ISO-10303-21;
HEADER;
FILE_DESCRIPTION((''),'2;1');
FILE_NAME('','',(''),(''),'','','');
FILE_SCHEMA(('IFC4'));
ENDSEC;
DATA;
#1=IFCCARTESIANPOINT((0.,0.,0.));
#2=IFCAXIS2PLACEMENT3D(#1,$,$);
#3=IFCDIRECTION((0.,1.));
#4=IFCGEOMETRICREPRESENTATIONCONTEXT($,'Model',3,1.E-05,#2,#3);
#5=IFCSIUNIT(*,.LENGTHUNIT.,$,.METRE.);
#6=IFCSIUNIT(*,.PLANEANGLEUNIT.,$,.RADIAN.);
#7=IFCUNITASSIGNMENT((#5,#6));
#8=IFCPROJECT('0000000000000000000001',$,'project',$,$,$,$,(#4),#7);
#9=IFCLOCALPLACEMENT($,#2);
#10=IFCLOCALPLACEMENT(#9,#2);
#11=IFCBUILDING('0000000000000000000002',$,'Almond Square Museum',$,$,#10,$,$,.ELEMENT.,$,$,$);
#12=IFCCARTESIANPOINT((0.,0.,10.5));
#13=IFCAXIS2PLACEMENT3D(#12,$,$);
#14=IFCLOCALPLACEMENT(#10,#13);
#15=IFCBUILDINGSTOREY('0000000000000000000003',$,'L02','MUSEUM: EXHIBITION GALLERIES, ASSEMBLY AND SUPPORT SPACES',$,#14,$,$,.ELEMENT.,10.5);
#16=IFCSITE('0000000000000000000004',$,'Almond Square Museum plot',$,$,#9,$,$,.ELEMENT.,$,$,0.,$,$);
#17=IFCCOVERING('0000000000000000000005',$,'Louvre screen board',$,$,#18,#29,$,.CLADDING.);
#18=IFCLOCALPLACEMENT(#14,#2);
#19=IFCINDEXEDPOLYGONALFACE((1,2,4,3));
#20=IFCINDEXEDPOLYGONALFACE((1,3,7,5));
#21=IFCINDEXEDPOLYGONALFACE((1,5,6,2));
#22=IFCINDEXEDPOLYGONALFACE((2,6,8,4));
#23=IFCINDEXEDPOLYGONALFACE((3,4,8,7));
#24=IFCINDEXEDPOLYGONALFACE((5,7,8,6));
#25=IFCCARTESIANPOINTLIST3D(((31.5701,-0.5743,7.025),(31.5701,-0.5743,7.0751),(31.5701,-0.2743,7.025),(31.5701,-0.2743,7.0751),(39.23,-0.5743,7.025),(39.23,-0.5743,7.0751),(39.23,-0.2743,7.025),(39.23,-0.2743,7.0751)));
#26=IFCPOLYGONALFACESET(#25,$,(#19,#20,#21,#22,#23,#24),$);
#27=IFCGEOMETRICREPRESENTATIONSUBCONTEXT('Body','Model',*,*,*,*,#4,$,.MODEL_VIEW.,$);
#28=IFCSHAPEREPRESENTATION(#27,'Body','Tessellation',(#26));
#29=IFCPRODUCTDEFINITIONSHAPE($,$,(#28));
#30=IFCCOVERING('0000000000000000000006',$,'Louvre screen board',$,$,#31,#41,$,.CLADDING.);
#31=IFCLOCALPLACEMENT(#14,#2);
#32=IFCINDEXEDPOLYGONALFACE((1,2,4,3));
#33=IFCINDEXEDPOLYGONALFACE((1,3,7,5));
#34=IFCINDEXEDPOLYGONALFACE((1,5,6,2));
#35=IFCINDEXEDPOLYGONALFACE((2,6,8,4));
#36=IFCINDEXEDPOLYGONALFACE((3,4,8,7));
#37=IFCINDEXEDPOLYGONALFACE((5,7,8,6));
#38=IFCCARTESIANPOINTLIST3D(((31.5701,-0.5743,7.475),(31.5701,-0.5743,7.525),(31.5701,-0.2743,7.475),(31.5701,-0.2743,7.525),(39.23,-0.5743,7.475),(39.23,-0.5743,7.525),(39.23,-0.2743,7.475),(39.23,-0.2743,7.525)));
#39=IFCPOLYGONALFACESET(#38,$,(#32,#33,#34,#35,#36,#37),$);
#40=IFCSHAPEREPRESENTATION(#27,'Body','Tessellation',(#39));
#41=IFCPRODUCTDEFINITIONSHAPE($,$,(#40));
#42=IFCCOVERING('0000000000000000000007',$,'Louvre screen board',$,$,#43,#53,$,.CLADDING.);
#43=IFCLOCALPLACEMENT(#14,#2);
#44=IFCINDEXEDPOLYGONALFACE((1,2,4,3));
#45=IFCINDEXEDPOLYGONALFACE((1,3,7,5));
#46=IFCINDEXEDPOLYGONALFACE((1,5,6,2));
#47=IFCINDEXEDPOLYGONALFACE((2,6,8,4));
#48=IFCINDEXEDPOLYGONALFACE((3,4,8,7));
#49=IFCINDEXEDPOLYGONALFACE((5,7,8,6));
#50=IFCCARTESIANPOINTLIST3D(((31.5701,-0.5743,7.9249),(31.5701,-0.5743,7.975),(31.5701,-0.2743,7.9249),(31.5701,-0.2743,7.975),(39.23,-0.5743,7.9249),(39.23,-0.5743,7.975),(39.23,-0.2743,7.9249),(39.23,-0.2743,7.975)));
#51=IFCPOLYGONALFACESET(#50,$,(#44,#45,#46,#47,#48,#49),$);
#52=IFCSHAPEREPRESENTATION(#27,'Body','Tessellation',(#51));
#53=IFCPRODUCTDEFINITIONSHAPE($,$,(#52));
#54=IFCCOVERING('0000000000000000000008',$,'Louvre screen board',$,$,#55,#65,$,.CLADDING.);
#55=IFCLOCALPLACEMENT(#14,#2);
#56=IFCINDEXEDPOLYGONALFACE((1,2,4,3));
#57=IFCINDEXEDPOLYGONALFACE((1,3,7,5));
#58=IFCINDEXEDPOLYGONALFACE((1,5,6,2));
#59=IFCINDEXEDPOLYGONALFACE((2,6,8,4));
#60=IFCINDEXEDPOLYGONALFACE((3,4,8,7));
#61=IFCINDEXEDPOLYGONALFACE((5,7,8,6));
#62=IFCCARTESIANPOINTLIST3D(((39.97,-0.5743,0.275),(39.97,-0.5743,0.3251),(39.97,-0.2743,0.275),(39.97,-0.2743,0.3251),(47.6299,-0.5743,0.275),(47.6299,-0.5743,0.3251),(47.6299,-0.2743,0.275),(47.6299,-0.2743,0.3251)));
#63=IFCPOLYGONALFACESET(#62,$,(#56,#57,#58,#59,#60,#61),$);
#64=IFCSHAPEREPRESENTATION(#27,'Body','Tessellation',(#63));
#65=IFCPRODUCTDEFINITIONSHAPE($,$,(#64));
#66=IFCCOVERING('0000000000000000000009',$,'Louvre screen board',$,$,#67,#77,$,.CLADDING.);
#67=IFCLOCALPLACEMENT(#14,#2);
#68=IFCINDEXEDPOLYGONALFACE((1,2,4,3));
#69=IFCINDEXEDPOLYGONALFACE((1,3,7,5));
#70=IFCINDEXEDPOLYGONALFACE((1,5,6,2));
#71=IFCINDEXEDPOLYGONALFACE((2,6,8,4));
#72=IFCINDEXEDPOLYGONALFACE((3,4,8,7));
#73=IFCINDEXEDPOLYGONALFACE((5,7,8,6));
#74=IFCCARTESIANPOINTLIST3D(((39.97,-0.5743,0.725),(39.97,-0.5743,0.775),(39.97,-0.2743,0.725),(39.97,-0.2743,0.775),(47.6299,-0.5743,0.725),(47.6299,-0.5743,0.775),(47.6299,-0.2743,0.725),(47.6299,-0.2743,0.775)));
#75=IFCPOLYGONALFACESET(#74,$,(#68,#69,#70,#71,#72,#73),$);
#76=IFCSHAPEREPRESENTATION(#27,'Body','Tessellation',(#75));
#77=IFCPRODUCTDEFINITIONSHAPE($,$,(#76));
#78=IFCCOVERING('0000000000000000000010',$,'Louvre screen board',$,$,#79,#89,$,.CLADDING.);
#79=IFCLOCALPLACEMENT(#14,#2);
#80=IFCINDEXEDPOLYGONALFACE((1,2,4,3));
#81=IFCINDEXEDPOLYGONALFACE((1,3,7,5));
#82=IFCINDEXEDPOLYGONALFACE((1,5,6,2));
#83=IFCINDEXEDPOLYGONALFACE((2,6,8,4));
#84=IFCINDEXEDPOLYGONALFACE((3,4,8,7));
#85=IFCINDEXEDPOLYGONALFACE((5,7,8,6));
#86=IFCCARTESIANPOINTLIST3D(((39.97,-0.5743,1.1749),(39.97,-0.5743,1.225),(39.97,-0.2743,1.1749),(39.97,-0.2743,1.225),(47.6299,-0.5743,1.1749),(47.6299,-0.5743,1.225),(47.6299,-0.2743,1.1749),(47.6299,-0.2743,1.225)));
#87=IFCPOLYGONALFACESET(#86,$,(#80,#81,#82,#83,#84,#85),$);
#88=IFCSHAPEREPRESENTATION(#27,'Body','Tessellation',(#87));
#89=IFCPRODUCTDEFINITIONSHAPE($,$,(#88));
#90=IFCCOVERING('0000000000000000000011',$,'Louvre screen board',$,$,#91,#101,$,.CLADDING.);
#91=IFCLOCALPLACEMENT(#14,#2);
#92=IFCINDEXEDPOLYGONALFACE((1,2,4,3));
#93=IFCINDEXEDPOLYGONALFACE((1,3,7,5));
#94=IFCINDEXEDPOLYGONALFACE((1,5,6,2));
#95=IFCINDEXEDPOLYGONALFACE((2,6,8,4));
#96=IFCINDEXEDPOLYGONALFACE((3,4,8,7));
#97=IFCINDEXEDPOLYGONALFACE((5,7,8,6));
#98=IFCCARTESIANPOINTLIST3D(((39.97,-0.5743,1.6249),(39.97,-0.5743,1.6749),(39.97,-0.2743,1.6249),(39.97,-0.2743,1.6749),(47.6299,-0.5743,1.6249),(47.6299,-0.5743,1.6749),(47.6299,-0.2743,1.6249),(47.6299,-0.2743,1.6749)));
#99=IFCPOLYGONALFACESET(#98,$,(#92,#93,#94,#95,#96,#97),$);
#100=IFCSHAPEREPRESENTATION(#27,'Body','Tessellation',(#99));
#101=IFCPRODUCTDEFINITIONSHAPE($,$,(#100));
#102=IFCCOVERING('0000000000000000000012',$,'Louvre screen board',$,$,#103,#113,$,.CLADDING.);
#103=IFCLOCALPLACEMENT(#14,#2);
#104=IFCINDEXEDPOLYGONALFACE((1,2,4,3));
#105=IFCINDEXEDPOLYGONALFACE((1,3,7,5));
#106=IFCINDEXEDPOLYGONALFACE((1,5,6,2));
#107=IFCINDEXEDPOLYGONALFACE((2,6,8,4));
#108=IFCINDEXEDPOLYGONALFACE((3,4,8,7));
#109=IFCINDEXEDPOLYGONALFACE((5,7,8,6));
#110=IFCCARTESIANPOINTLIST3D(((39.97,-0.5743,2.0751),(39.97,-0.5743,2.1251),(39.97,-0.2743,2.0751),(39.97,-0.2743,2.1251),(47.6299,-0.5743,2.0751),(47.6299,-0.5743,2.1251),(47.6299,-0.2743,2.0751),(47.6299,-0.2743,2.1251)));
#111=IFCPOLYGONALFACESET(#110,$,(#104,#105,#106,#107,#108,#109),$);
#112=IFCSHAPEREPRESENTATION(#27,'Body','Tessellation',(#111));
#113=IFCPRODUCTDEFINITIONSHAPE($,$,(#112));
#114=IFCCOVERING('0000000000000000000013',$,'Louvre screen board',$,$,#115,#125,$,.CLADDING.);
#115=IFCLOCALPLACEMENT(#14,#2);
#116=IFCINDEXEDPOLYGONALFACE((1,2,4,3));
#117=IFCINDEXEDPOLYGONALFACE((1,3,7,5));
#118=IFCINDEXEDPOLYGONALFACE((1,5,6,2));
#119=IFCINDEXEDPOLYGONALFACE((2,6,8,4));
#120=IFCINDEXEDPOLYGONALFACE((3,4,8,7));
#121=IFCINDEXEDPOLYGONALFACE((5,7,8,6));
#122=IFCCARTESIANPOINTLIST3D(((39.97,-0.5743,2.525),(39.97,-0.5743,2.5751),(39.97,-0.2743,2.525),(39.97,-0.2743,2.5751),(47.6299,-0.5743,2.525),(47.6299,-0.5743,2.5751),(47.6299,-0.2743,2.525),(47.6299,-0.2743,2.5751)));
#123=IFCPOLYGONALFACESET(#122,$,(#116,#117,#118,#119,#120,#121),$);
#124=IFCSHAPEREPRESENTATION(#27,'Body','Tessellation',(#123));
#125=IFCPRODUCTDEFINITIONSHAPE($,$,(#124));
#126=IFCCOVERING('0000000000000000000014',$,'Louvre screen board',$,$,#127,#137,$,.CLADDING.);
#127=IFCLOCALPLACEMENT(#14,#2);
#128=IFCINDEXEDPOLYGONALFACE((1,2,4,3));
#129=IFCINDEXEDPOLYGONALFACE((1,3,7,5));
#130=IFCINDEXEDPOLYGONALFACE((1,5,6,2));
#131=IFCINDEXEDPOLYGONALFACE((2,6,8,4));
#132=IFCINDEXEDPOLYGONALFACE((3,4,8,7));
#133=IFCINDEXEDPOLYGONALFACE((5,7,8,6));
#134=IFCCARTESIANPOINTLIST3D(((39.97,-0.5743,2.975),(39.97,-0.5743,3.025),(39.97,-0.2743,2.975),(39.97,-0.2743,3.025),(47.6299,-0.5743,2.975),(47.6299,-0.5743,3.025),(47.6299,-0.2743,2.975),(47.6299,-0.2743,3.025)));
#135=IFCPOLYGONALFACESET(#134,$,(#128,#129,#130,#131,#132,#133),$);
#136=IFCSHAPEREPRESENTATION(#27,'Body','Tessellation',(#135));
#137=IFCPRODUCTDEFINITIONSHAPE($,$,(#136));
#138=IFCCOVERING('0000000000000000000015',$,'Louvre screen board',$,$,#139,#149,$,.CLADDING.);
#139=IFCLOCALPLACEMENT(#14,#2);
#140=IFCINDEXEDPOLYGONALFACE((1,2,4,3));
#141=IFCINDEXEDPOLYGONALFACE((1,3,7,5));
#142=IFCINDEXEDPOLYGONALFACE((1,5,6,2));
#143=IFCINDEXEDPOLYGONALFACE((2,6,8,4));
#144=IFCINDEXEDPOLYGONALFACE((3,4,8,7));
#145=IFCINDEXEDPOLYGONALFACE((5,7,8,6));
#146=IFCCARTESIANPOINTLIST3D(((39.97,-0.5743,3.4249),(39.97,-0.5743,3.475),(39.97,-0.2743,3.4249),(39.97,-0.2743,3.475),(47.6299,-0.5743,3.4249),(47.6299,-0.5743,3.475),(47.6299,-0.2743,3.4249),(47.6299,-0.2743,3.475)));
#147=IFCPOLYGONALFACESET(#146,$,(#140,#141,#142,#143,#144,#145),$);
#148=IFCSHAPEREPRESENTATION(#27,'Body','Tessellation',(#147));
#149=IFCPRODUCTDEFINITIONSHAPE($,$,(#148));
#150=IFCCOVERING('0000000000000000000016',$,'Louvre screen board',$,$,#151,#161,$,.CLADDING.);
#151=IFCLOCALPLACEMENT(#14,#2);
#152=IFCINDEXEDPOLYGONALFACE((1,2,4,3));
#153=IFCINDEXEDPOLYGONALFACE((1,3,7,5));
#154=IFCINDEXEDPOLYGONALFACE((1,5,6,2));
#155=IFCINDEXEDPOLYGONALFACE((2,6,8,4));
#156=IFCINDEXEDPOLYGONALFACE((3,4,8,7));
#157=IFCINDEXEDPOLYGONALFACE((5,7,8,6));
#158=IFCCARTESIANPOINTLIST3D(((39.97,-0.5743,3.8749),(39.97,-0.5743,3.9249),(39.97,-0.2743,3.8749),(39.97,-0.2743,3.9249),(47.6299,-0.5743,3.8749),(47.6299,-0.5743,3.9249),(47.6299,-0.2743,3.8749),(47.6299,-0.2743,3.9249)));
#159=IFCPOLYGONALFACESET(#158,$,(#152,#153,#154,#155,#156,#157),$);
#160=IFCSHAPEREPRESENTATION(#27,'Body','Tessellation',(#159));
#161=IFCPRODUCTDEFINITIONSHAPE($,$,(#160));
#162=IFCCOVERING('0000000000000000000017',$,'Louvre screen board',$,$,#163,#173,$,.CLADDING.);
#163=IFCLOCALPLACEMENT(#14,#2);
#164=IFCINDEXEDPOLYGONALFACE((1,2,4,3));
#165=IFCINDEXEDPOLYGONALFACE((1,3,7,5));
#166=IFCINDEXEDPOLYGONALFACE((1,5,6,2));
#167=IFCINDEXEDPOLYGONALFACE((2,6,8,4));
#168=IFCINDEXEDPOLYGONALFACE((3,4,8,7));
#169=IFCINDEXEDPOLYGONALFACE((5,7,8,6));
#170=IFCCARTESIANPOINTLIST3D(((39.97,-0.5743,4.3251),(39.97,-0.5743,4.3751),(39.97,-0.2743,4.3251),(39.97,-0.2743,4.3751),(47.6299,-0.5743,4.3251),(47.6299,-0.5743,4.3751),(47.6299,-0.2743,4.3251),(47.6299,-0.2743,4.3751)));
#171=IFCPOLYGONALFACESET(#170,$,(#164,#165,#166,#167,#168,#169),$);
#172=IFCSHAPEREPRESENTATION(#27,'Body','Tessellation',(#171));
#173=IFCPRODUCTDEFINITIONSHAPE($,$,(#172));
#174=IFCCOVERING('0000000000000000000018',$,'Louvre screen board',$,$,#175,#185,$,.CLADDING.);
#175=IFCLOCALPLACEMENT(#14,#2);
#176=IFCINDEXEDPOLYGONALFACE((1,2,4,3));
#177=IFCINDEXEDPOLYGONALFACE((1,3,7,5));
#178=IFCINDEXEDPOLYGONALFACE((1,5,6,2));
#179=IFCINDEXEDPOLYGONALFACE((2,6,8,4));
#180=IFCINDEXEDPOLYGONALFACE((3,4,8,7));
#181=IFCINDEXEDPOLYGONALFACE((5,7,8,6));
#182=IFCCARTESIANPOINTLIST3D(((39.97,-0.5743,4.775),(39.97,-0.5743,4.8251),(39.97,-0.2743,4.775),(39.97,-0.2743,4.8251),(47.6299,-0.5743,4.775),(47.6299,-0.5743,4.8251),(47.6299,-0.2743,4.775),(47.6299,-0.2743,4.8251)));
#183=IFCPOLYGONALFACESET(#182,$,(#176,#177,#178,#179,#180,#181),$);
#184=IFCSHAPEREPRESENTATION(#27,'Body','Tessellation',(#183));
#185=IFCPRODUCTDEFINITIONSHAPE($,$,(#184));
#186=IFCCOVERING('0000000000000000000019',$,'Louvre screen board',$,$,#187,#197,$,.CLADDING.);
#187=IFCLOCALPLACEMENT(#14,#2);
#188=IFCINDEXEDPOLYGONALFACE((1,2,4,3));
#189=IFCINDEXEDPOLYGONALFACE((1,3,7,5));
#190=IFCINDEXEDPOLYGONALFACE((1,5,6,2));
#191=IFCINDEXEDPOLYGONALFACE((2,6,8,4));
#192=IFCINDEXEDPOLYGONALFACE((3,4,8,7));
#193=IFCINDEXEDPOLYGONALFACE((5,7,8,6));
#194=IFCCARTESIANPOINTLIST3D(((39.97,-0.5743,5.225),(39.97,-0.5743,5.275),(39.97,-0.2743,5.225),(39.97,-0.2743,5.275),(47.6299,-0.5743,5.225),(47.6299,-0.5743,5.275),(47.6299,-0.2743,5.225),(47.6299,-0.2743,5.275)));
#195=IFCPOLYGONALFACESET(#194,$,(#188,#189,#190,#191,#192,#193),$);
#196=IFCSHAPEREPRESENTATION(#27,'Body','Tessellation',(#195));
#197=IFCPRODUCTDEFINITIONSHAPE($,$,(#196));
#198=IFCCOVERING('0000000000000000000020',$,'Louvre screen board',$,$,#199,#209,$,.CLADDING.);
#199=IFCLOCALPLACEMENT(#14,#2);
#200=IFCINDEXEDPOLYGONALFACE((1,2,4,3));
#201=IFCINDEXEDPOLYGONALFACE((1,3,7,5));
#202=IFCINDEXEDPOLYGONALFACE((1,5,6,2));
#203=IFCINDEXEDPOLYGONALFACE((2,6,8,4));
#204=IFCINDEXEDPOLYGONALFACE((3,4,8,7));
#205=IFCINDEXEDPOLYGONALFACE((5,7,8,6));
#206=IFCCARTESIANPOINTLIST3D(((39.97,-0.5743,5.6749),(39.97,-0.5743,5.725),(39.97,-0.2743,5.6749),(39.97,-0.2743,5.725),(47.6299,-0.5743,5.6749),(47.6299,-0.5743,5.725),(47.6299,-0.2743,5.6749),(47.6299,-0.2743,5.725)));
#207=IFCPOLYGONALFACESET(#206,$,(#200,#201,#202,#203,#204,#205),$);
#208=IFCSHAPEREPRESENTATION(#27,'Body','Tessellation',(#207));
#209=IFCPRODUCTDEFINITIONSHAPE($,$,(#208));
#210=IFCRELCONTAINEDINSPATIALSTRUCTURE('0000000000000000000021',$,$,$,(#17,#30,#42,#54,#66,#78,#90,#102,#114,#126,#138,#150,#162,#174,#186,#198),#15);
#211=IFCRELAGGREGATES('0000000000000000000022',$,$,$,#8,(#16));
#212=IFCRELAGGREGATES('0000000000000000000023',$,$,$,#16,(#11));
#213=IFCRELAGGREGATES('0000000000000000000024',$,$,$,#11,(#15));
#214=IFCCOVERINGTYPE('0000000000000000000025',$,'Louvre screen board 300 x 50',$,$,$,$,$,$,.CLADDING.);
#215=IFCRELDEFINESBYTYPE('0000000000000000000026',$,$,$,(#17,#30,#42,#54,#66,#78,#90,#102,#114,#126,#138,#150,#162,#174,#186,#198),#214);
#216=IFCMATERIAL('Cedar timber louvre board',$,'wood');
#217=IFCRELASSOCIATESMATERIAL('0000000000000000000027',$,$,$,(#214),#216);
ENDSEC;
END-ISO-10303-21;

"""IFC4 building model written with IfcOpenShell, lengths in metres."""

from ifc_helpers import new_model, si_unit, direction, frame, origin, origin_2d, place, context, subcontext, project, spatial, rectangle, extrude, material, material_profile, profile_set, type_object, element, save


model = new_model("IFC4")

# Units and contexts
model_context = context("Model", 3, precision=1e-05, world=origin(), true_north=direction((0.0, 1.0)))
body_context = subcontext(model_context, "Body", "Model", "MODEL_VIEW")
ifc_project = project(units=[si_unit("LENGTHUNIT", "METRE"), si_unit("PLANEANGLEUNIT", "RADIAN")], contexts=[model_context])

# Site, building, storey
site_placement = place(None, origin())
site = spatial("IfcSite", under=ifc_project, at=site_placement, Name="Almond Square Museum plot", CompositionType="ELEMENT", RefElevation=0.0)
building_placement = place(site_placement, origin())
building = spatial("IfcBuilding", under=site, at=building_placement, Name="Almond Square Museum", CompositionType="ELEMENT")
storey_placement = place(building_placement, frame((0.0, 0.0, 10.5)))
storey = spatial("IfcBuildingStorey", under=building, at=storey_placement, Name="L02", Description="MUSEUM: EXHIBITION GALLERIES, ASSEMBLY AND SUPPORT SPACES", CompositionType="ELEMENT", Elevation=10.5)

# Coverings
ifc_material_1 = material(Name="Cedar timber louvre board", Category="wood")
ifc_material_profile_1 = material_profile(ifc_material_1, rectangle(XDim=0.3, YDim=0.05, at=origin_2d()))
ifc_profile_set_1 = profile_set([ifc_material_profile_1], Name="Cedar timber louvre board")
covering_type = type_object("IfcCoveringType", Name="Louvre screen board 300 x 50", PredefinedType="CLADDING", material=ifc_profile_set_1)
for number, where, z_axis, x_axis, name in (
    (1, (31.5701, -0.4243, 7.05), (1.0, 0.0, 0.0), (0.0, 1.0, 0.0), "Louvre screen board"),
    (2, (31.5701, -0.4243, 7.5), (1.0, 0.0, 0.0), (0.0, 1.0, 0.0), "Louvre screen board"),
    (3, (31.5701, -0.4243, 7.95), (1.0, 0.0, 0.0), (0.0, 1.0, 0.0), "Louvre screen board"),
    (4, (39.97, -0.4243, 0.3), (1.0, 0.0, 0.0), (0.0, 1.0, 0.0), "Louvre screen board"),
    (5, (39.97, -0.4243, 0.75), (1.0, 0.0, 0.0), (0.0, 1.0, 0.0), "Louvre screen board"),
    (6, (39.97, -0.4243, 1.2), (1.0, 0.0, 0.0), (0.0, 1.0, 0.0), "Louvre screen board"),
    (7, (39.97, -0.4243, 1.6499), (1.0, 0.0, 0.0), (0.0, 1.0, 0.0), "Louvre screen board"),
    (8, (39.97, -0.4243, 2.1001), (1.0, 0.0, 0.0), (0.0, 1.0, 0.0), "Louvre screen board"),
    (9, (39.97, -0.4243, 2.55), (1.0, 0.0, 0.0), (0.0, 1.0, 0.0), "Louvre screen board"),
    (10, (39.97, -0.4243, 3.0), (1.0, 0.0, 0.0), (0.0, 1.0, 0.0), "Louvre screen board"),
    (11, (39.97, -0.4243, 3.45), (1.0, 0.0, 0.0), (0.0, 1.0, 0.0), "Louvre screen board"),
    (12, (39.97, -0.4243, 3.8999), (1.0, 0.0, 0.0), (0.0, 1.0, 0.0), "Louvre screen board"),
    (13, (39.97, -0.4243, 4.3501), (1.0, 0.0, 0.0), (0.0, 1.0, 0.0), "Louvre screen board"),
    (14, (39.97, -0.4243, 4.8), (1.0, 0.0, 0.0), (0.0, 1.0, 0.0), "Louvre screen board"),
    (15, (39.97, -0.4243, 5.25), (1.0, 0.0, 0.0), (0.0, 1.0, 0.0), "Louvre screen board"),
    (16, (39.97, -0.4243, 5.7), (1.0, 0.0, 0.0), (0.0, 1.0, 0.0), "Louvre screen board"),
):
    element("IfcCovering", number, at=place(storey_placement, frame(where, z_axis=z_axis, x_axis=x_axis)), inside=storey, type_object=covering_type, Name=name, PredefinedType="CLADDING", context=body_context, shape_type="SweptSolid", body=[
        extrude(rectangle(XDim=0.3, YDim=0.05, at=origin_2d()), origin(), (0.0, 0.0, 1.0), 7.6599),
    ])

save(model, "model.ifc")
